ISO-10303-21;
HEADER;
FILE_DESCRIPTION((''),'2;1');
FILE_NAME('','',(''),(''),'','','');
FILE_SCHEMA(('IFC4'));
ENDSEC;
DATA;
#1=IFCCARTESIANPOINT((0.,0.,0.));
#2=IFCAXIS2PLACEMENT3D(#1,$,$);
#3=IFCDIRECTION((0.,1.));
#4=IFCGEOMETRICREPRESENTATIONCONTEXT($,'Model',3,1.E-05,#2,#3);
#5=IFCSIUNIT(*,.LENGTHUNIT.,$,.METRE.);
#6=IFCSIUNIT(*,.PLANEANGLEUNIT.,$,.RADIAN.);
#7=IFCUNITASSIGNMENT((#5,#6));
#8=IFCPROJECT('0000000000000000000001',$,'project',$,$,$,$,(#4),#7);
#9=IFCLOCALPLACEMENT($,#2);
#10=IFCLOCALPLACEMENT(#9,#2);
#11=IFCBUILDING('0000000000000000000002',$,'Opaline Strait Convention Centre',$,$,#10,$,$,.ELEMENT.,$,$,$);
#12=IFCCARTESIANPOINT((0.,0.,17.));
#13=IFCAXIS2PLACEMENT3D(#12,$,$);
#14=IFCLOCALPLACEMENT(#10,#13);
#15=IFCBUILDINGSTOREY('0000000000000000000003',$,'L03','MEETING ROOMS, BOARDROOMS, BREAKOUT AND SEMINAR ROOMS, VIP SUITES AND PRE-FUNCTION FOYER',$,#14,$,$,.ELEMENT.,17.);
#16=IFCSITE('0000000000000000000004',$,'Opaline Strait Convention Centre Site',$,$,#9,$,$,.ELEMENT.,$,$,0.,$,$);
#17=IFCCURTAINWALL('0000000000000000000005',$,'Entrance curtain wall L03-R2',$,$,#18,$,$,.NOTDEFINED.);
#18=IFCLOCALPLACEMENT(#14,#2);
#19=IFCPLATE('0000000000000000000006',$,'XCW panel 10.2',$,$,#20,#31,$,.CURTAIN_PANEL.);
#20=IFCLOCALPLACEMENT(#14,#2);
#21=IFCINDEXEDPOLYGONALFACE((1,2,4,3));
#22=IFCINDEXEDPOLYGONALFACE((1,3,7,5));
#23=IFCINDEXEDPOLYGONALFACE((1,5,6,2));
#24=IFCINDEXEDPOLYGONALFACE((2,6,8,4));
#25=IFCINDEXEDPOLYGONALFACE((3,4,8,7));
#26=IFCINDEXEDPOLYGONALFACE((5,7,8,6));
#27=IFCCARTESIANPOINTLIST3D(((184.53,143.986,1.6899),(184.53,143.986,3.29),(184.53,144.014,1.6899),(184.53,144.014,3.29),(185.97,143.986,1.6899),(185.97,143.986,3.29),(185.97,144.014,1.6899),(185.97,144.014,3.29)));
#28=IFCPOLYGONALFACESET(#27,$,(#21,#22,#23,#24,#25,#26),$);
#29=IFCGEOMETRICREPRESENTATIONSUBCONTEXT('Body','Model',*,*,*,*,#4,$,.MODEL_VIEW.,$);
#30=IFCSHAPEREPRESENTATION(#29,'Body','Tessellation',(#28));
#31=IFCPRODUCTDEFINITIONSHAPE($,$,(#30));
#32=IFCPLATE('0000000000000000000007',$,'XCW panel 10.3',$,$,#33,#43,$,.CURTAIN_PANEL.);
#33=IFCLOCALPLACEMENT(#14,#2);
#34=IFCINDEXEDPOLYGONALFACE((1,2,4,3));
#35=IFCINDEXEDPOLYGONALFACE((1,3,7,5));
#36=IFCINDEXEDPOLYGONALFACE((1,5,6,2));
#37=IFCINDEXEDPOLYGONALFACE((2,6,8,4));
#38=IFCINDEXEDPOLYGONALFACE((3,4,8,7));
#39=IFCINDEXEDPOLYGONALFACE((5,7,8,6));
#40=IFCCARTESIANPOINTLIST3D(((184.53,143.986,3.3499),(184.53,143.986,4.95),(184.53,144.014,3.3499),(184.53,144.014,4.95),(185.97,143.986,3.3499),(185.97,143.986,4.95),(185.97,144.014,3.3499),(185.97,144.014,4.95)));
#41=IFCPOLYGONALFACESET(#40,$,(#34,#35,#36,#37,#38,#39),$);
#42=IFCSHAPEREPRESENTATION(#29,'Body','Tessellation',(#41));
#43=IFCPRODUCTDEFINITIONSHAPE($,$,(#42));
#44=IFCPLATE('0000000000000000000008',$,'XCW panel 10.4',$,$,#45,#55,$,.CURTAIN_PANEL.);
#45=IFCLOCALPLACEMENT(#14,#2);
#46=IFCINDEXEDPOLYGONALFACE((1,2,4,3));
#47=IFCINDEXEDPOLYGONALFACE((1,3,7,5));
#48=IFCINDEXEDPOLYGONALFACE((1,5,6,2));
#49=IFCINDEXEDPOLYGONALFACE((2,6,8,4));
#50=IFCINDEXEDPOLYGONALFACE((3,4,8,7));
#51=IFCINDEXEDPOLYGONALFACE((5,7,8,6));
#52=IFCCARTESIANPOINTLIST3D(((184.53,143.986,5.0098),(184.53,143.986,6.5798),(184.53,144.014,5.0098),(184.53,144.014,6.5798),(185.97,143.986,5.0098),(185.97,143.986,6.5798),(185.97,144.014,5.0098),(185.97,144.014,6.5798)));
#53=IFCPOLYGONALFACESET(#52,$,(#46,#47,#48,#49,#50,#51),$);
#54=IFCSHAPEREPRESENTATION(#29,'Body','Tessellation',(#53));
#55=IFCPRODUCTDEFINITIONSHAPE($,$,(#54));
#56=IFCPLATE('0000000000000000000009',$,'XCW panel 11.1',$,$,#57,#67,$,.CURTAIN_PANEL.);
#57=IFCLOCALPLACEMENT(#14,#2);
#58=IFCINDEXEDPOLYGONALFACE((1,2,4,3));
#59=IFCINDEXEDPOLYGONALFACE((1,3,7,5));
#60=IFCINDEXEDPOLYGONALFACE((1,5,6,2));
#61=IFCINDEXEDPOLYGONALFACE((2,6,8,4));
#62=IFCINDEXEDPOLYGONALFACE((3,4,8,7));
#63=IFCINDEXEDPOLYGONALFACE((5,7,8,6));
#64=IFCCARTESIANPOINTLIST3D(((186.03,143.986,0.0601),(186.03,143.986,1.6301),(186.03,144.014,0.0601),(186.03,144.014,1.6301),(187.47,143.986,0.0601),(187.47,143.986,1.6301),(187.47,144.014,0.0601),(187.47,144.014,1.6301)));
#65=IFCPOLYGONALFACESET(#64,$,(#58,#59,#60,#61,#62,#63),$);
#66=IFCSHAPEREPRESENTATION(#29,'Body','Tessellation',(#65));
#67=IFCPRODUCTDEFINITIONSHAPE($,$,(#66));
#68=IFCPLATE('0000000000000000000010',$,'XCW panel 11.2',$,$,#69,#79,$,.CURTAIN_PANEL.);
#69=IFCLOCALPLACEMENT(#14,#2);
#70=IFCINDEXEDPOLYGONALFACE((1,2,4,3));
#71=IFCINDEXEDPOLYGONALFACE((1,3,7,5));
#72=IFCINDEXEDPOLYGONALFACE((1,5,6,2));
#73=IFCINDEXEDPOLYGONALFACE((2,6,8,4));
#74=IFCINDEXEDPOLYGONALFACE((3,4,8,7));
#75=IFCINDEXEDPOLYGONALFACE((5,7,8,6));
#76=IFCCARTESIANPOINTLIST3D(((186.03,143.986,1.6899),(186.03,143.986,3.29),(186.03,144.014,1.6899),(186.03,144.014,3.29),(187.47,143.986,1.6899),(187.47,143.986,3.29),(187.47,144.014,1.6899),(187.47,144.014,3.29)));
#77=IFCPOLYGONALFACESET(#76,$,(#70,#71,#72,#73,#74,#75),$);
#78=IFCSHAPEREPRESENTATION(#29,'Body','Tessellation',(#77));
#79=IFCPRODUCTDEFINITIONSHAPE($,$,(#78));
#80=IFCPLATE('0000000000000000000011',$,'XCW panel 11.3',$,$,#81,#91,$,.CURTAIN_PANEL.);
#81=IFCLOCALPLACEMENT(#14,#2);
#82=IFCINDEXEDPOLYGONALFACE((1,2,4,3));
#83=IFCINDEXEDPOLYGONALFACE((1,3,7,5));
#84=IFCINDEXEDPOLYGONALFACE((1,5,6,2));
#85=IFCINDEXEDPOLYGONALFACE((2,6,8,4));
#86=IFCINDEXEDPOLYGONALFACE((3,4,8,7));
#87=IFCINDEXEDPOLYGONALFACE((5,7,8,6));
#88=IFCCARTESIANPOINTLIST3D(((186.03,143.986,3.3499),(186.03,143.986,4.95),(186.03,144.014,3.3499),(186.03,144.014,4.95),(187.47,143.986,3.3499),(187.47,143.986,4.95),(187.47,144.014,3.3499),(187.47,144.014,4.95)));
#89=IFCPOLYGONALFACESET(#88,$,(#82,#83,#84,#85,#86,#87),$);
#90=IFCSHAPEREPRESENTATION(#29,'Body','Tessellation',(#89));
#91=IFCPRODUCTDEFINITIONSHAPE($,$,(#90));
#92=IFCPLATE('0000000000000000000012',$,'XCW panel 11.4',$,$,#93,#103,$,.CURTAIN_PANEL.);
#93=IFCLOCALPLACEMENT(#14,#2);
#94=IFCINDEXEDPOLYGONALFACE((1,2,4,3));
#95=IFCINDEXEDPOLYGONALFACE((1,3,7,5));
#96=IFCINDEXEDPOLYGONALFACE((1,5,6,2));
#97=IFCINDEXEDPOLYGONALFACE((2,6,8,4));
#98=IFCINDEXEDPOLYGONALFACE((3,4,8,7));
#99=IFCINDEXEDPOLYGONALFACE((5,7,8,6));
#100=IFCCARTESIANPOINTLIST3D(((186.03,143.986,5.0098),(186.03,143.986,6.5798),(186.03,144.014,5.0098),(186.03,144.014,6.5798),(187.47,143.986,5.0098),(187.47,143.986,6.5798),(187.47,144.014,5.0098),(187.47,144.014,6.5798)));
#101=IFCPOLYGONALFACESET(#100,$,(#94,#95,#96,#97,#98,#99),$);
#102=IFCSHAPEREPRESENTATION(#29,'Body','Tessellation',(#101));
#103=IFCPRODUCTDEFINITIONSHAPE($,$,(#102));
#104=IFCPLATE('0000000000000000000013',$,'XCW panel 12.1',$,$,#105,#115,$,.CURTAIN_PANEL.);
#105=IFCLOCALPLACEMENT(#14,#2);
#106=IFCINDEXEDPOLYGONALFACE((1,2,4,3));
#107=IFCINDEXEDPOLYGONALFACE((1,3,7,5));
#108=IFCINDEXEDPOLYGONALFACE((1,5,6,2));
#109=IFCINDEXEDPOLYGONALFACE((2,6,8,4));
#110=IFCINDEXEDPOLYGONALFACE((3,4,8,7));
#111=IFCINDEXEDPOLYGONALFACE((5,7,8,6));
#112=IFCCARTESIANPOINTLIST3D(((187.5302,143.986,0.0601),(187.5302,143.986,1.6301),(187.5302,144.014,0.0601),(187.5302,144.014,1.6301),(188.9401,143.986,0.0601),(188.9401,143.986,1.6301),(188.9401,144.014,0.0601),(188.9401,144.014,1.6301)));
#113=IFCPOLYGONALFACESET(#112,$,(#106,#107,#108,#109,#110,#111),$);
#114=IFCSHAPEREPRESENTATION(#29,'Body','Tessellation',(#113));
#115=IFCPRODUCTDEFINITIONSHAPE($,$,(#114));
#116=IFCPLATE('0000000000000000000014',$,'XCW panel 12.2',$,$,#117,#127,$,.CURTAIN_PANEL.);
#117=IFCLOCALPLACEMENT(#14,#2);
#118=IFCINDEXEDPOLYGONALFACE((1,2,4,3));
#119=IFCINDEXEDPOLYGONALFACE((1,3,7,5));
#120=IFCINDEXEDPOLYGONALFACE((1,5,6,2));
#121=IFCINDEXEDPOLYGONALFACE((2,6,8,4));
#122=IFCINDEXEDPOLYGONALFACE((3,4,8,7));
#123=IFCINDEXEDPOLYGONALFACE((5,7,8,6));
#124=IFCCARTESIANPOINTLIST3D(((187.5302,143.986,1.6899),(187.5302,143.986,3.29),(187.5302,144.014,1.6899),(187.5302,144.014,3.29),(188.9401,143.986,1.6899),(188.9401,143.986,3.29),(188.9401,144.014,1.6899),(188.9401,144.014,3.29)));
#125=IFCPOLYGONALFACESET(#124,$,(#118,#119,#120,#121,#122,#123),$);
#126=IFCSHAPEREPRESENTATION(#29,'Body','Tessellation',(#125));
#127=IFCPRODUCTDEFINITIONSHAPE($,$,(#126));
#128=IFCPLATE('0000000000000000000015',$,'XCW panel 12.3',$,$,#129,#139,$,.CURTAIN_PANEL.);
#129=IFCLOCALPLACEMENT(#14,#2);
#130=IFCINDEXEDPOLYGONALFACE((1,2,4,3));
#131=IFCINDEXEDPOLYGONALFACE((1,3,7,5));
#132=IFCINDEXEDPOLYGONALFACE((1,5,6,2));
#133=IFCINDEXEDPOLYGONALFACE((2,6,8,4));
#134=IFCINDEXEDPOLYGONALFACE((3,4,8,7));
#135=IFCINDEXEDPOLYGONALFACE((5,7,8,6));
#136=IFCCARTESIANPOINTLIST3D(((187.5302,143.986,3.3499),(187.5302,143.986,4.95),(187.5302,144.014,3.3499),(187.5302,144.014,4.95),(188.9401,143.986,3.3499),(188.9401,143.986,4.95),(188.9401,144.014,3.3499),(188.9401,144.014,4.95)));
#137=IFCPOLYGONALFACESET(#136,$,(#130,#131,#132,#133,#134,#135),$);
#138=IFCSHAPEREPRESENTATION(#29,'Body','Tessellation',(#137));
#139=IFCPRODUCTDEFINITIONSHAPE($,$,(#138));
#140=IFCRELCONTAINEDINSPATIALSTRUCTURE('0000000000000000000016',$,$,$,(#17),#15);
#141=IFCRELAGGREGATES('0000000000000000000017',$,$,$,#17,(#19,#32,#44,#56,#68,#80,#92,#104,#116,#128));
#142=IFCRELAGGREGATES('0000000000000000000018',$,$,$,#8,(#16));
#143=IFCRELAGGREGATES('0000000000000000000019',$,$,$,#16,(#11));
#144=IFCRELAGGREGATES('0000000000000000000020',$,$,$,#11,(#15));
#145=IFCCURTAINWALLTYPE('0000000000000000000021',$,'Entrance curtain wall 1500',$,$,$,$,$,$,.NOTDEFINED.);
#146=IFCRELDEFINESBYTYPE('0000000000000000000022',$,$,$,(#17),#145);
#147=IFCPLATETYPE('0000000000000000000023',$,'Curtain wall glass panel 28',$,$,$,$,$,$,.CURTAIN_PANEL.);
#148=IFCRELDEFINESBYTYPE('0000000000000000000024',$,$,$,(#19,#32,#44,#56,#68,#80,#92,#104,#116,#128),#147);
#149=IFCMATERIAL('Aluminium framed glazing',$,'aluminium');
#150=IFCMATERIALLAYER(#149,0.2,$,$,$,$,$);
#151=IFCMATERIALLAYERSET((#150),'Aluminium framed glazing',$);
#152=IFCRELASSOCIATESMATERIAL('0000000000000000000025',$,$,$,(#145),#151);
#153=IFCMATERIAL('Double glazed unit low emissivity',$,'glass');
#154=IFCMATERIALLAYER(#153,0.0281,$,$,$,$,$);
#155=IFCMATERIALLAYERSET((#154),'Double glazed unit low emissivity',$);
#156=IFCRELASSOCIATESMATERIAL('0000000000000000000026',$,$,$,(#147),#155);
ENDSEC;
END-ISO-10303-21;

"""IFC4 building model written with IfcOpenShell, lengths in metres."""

from ifc_helpers import new_model, si_unit, direction, frame, origin, origin_2d, place, context, subcontext, project, spatial, rectangle, extrude, material, layer, layer_set, type_object, element, aggregate, save


model = new_model("IFC4")

# Units and contexts
model_context = context("Model", 3, precision=1e-05, world=origin(), true_north=direction((0.0, 1.0)))
body_context = subcontext(model_context, "Body", "Model", "MODEL_VIEW")
ifc_project = project(units=[si_unit("LENGTHUNIT", "METRE"), si_unit("PLANEANGLEUNIT", "RADIAN")], contexts=[model_context])

# Site, building, storey
site_placement = place(None, origin())
site = spatial("IfcSite", under=ifc_project, at=site_placement, Name="Opaline Strait Convention Centre Site", CompositionType="ELEMENT", RefElevation=0.0)
building_placement = place(site_placement, origin())
building = spatial("IfcBuilding", under=site, at=building_placement, Name="Opaline Strait Convention Centre", CompositionType="ELEMENT")
storey_placement = place(building_placement, frame((0.0, 0.0, 17.0)))
storey = spatial("IfcBuildingStorey", under=building, at=storey_placement, Name="L03", Description="MEETING ROOMS, BOARDROOMS, BREAKOUT AND SEMINAR ROOMS, VIP SUITES AND PRE-FUNCTION FOYER", CompositionType="ELEMENT", Elevation=17.0)

# Curtain wall, plates
ifc_material_1 = material(Name="Aluminium framed glazing", Category="aluminium")
ifc_layer_1 = layer(ifc_material_1, 0.2)
ifc_layer_set_1 = layer_set([ifc_layer_1], Name="Aluminium framed glazing")
curtain_wall_type = type_object("IfcCurtainWallType", Name="Entrance curtain wall 1500", PredefinedType="NOTDEFINED", material=ifc_layer_set_1)
curtain_wall_placement = place(storey_placement, origin())
curtain_wall = element("IfcCurtainWall", 1, at=curtain_wall_placement, inside=storey, type_object=curtain_wall_type, Name="Entrance curtain wall L03-R2", PredefinedType="NOTDEFINED")
ifc_material_2 = material(Name="Double glazed unit low emissivity", Category="glass")
ifc_layer_2 = layer(ifc_material_2, 0.0281)
ifc_layer_set_2 = layer_set([ifc_layer_2], Name="Double glazed unit low emissivity")
plate_type = type_object("IfcPlateType", Name="Curtain wall glass panel 28", PredefinedType="CURTAIN_PANEL", material=ifc_layer_set_2)
plate_1_placement = place(storey_placement, frame((185.25, 144.0, 1.6899), z_axis=(0.0, 0.0, 1.0), x_axis=(1.0, 0.0, 0.0)))
plate_1 = element("IfcPlate", 2, at=plate_1_placement, type_object=plate_type, Name="XCW panel 10.2", PredefinedType="CURTAIN_PANEL", context=body_context, shape_type="SweptSolid", body=[
    extrude(rectangle(XDim=1.4399, YDim=0.0281, at=origin_2d()), origin(), (0.0, 0.0, 1.0), 1.6001),
])
plate_2_placement = place(storey_placement, frame((185.25, 144.0, 3.3499), z_axis=(0.0, 0.0, 1.0), x_axis=(1.0, 0.0, 0.0)))
plate_2 = element("IfcPlate", 3, at=plate_2_placement, type_object=plate_type, Name="XCW panel 10.3", PredefinedType="CURTAIN_PANEL", context=body_context, shape_type="SweptSolid", body=[
    extrude(rectangle(XDim=1.4399, YDim=0.0281, at=origin_2d()), origin(), (0.0, 0.0, 1.0), 1.6001),
])
plate_3_placement = place(storey_placement, frame((185.25, 144.0, 5.0098), z_axis=(0.0, 0.0, 1.0), x_axis=(1.0, 0.0, 0.0)))
plate_3 = element("IfcPlate", 4, at=plate_3_placement, type_object=plate_type, Name="XCW panel 10.4", PredefinedType="CURTAIN_PANEL", context=body_context, shape_type="SweptSolid", body=[
    extrude(rectangle(XDim=1.4399, YDim=0.0281, at=origin_2d()), origin(), (0.0, 0.0, 1.0), 1.5701),
])
plate_4_placement = place(storey_placement, frame((186.75, 144.0, 0.0601), z_axis=(0.0, 0.0, 1.0), x_axis=(1.0, 0.0, 0.0)))
plate_4 = element("IfcPlate", 5, at=plate_4_placement, type_object=plate_type, Name="XCW panel 11.1", PredefinedType="CURTAIN_PANEL", context=body_context, shape_type="SweptSolid", body=[
    extrude(rectangle(XDim=1.4399, YDim=0.0281, at=origin_2d()), origin(), (0.0, 0.0, 1.0), 1.5701),
])
plate_5_placement = place(storey_placement, frame((186.75, 144.0, 1.6899), z_axis=(0.0, 0.0, 1.0), x_axis=(1.0, 0.0, 0.0)))
plate_5 = element("IfcPlate", 6, at=plate_5_placement, type_object=plate_type, Name="XCW panel 11.2", PredefinedType="CURTAIN_PANEL", context=body_context, shape_type="SweptSolid", body=[
    extrude(rectangle(XDim=1.4399, YDim=0.0281, at=origin_2d()), origin(), (0.0, 0.0, 1.0), 1.6001),
])
plate_6_placement = place(storey_placement, frame((186.75, 144.0, 3.3499), z_axis=(0.0, 0.0, 1.0), x_axis=(1.0, 0.0, 0.0)))
plate_6 = element("IfcPlate", 7, at=plate_6_placement, type_object=plate_type, Name="XCW panel 11.3", PredefinedType="CURTAIN_PANEL", context=body_context, shape_type="SweptSolid", body=[
    extrude(rectangle(XDim=1.4399, YDim=0.0281, at=origin_2d()), origin(), (0.0, 0.0, 1.0), 1.6001),
])
plate_7_placement = place(storey_placement, frame((186.75, 144.0, 5.0098), z_axis=(0.0, 0.0, 1.0), x_axis=(1.0, 0.0, 0.0)))
plate_7 = element("IfcPlate", 8, at=plate_7_placement, type_object=plate_type, Name="XCW panel 11.4", PredefinedType="CURTAIN_PANEL", context=body_context, shape_type="SweptSolid", body=[
    extrude(rectangle(XDim=1.4399, YDim=0.0281, at=origin_2d()), origin(), (0.0, 0.0, 1.0), 1.5701),
])
plate_8_placement = place(storey_placement, frame((188.2351, 144.0, 0.0601), z_axis=(0.0, 0.0, 1.0), x_axis=(1.0, 0.0, 0.0)))
plate_8 = element("IfcPlate", 9, at=plate_8_placement, type_object=plate_type, Name="XCW panel 12.1", PredefinedType="CURTAIN_PANEL", context=body_context, shape_type="SweptSolid", body=[
    extrude(rectangle(XDim=1.4099, YDim=0.0281, at=origin_2d()), origin(), (0.0, 0.0, 1.0), 1.5701),
])
plate_9_placement = place(storey_placement, frame((188.2351, 144.0, 1.6899), z_axis=(0.0, 0.0, 1.0), x_axis=(1.0, 0.0, 0.0)))
plate_9 = element("IfcPlate", 10, at=plate_9_placement, type_object=plate_type, Name="XCW panel 12.2", PredefinedType="CURTAIN_PANEL", context=body_context, shape_type="SweptSolid", body=[
    extrude(rectangle(XDim=1.4099, YDim=0.0281, at=origin_2d()), origin(), (0.0, 0.0, 1.0), 1.6001),
])
plate_10_placement = place(storey_placement, frame((188.2351, 144.0, 3.3499), z_axis=(0.0, 0.0, 1.0), x_axis=(1.0, 0.0, 0.0)))
plate_10 = element("IfcPlate", 11, at=plate_10_placement, type_object=plate_type, Name="XCW panel 12.3", PredefinedType="CURTAIN_PANEL", context=body_context, shape_type="SweptSolid", body=[
    extrude(rectangle(XDim=1.4099, YDim=0.0281, at=origin_2d()), origin(), (0.0, 0.0, 1.0), 1.6001),
])
aggregate(curtain_wall, [plate_1, plate_2, plate_3, plate_4, plate_5, plate_6, plate_7, plate_8, plate_9, plate_10])

save(model, "model.ifc")
